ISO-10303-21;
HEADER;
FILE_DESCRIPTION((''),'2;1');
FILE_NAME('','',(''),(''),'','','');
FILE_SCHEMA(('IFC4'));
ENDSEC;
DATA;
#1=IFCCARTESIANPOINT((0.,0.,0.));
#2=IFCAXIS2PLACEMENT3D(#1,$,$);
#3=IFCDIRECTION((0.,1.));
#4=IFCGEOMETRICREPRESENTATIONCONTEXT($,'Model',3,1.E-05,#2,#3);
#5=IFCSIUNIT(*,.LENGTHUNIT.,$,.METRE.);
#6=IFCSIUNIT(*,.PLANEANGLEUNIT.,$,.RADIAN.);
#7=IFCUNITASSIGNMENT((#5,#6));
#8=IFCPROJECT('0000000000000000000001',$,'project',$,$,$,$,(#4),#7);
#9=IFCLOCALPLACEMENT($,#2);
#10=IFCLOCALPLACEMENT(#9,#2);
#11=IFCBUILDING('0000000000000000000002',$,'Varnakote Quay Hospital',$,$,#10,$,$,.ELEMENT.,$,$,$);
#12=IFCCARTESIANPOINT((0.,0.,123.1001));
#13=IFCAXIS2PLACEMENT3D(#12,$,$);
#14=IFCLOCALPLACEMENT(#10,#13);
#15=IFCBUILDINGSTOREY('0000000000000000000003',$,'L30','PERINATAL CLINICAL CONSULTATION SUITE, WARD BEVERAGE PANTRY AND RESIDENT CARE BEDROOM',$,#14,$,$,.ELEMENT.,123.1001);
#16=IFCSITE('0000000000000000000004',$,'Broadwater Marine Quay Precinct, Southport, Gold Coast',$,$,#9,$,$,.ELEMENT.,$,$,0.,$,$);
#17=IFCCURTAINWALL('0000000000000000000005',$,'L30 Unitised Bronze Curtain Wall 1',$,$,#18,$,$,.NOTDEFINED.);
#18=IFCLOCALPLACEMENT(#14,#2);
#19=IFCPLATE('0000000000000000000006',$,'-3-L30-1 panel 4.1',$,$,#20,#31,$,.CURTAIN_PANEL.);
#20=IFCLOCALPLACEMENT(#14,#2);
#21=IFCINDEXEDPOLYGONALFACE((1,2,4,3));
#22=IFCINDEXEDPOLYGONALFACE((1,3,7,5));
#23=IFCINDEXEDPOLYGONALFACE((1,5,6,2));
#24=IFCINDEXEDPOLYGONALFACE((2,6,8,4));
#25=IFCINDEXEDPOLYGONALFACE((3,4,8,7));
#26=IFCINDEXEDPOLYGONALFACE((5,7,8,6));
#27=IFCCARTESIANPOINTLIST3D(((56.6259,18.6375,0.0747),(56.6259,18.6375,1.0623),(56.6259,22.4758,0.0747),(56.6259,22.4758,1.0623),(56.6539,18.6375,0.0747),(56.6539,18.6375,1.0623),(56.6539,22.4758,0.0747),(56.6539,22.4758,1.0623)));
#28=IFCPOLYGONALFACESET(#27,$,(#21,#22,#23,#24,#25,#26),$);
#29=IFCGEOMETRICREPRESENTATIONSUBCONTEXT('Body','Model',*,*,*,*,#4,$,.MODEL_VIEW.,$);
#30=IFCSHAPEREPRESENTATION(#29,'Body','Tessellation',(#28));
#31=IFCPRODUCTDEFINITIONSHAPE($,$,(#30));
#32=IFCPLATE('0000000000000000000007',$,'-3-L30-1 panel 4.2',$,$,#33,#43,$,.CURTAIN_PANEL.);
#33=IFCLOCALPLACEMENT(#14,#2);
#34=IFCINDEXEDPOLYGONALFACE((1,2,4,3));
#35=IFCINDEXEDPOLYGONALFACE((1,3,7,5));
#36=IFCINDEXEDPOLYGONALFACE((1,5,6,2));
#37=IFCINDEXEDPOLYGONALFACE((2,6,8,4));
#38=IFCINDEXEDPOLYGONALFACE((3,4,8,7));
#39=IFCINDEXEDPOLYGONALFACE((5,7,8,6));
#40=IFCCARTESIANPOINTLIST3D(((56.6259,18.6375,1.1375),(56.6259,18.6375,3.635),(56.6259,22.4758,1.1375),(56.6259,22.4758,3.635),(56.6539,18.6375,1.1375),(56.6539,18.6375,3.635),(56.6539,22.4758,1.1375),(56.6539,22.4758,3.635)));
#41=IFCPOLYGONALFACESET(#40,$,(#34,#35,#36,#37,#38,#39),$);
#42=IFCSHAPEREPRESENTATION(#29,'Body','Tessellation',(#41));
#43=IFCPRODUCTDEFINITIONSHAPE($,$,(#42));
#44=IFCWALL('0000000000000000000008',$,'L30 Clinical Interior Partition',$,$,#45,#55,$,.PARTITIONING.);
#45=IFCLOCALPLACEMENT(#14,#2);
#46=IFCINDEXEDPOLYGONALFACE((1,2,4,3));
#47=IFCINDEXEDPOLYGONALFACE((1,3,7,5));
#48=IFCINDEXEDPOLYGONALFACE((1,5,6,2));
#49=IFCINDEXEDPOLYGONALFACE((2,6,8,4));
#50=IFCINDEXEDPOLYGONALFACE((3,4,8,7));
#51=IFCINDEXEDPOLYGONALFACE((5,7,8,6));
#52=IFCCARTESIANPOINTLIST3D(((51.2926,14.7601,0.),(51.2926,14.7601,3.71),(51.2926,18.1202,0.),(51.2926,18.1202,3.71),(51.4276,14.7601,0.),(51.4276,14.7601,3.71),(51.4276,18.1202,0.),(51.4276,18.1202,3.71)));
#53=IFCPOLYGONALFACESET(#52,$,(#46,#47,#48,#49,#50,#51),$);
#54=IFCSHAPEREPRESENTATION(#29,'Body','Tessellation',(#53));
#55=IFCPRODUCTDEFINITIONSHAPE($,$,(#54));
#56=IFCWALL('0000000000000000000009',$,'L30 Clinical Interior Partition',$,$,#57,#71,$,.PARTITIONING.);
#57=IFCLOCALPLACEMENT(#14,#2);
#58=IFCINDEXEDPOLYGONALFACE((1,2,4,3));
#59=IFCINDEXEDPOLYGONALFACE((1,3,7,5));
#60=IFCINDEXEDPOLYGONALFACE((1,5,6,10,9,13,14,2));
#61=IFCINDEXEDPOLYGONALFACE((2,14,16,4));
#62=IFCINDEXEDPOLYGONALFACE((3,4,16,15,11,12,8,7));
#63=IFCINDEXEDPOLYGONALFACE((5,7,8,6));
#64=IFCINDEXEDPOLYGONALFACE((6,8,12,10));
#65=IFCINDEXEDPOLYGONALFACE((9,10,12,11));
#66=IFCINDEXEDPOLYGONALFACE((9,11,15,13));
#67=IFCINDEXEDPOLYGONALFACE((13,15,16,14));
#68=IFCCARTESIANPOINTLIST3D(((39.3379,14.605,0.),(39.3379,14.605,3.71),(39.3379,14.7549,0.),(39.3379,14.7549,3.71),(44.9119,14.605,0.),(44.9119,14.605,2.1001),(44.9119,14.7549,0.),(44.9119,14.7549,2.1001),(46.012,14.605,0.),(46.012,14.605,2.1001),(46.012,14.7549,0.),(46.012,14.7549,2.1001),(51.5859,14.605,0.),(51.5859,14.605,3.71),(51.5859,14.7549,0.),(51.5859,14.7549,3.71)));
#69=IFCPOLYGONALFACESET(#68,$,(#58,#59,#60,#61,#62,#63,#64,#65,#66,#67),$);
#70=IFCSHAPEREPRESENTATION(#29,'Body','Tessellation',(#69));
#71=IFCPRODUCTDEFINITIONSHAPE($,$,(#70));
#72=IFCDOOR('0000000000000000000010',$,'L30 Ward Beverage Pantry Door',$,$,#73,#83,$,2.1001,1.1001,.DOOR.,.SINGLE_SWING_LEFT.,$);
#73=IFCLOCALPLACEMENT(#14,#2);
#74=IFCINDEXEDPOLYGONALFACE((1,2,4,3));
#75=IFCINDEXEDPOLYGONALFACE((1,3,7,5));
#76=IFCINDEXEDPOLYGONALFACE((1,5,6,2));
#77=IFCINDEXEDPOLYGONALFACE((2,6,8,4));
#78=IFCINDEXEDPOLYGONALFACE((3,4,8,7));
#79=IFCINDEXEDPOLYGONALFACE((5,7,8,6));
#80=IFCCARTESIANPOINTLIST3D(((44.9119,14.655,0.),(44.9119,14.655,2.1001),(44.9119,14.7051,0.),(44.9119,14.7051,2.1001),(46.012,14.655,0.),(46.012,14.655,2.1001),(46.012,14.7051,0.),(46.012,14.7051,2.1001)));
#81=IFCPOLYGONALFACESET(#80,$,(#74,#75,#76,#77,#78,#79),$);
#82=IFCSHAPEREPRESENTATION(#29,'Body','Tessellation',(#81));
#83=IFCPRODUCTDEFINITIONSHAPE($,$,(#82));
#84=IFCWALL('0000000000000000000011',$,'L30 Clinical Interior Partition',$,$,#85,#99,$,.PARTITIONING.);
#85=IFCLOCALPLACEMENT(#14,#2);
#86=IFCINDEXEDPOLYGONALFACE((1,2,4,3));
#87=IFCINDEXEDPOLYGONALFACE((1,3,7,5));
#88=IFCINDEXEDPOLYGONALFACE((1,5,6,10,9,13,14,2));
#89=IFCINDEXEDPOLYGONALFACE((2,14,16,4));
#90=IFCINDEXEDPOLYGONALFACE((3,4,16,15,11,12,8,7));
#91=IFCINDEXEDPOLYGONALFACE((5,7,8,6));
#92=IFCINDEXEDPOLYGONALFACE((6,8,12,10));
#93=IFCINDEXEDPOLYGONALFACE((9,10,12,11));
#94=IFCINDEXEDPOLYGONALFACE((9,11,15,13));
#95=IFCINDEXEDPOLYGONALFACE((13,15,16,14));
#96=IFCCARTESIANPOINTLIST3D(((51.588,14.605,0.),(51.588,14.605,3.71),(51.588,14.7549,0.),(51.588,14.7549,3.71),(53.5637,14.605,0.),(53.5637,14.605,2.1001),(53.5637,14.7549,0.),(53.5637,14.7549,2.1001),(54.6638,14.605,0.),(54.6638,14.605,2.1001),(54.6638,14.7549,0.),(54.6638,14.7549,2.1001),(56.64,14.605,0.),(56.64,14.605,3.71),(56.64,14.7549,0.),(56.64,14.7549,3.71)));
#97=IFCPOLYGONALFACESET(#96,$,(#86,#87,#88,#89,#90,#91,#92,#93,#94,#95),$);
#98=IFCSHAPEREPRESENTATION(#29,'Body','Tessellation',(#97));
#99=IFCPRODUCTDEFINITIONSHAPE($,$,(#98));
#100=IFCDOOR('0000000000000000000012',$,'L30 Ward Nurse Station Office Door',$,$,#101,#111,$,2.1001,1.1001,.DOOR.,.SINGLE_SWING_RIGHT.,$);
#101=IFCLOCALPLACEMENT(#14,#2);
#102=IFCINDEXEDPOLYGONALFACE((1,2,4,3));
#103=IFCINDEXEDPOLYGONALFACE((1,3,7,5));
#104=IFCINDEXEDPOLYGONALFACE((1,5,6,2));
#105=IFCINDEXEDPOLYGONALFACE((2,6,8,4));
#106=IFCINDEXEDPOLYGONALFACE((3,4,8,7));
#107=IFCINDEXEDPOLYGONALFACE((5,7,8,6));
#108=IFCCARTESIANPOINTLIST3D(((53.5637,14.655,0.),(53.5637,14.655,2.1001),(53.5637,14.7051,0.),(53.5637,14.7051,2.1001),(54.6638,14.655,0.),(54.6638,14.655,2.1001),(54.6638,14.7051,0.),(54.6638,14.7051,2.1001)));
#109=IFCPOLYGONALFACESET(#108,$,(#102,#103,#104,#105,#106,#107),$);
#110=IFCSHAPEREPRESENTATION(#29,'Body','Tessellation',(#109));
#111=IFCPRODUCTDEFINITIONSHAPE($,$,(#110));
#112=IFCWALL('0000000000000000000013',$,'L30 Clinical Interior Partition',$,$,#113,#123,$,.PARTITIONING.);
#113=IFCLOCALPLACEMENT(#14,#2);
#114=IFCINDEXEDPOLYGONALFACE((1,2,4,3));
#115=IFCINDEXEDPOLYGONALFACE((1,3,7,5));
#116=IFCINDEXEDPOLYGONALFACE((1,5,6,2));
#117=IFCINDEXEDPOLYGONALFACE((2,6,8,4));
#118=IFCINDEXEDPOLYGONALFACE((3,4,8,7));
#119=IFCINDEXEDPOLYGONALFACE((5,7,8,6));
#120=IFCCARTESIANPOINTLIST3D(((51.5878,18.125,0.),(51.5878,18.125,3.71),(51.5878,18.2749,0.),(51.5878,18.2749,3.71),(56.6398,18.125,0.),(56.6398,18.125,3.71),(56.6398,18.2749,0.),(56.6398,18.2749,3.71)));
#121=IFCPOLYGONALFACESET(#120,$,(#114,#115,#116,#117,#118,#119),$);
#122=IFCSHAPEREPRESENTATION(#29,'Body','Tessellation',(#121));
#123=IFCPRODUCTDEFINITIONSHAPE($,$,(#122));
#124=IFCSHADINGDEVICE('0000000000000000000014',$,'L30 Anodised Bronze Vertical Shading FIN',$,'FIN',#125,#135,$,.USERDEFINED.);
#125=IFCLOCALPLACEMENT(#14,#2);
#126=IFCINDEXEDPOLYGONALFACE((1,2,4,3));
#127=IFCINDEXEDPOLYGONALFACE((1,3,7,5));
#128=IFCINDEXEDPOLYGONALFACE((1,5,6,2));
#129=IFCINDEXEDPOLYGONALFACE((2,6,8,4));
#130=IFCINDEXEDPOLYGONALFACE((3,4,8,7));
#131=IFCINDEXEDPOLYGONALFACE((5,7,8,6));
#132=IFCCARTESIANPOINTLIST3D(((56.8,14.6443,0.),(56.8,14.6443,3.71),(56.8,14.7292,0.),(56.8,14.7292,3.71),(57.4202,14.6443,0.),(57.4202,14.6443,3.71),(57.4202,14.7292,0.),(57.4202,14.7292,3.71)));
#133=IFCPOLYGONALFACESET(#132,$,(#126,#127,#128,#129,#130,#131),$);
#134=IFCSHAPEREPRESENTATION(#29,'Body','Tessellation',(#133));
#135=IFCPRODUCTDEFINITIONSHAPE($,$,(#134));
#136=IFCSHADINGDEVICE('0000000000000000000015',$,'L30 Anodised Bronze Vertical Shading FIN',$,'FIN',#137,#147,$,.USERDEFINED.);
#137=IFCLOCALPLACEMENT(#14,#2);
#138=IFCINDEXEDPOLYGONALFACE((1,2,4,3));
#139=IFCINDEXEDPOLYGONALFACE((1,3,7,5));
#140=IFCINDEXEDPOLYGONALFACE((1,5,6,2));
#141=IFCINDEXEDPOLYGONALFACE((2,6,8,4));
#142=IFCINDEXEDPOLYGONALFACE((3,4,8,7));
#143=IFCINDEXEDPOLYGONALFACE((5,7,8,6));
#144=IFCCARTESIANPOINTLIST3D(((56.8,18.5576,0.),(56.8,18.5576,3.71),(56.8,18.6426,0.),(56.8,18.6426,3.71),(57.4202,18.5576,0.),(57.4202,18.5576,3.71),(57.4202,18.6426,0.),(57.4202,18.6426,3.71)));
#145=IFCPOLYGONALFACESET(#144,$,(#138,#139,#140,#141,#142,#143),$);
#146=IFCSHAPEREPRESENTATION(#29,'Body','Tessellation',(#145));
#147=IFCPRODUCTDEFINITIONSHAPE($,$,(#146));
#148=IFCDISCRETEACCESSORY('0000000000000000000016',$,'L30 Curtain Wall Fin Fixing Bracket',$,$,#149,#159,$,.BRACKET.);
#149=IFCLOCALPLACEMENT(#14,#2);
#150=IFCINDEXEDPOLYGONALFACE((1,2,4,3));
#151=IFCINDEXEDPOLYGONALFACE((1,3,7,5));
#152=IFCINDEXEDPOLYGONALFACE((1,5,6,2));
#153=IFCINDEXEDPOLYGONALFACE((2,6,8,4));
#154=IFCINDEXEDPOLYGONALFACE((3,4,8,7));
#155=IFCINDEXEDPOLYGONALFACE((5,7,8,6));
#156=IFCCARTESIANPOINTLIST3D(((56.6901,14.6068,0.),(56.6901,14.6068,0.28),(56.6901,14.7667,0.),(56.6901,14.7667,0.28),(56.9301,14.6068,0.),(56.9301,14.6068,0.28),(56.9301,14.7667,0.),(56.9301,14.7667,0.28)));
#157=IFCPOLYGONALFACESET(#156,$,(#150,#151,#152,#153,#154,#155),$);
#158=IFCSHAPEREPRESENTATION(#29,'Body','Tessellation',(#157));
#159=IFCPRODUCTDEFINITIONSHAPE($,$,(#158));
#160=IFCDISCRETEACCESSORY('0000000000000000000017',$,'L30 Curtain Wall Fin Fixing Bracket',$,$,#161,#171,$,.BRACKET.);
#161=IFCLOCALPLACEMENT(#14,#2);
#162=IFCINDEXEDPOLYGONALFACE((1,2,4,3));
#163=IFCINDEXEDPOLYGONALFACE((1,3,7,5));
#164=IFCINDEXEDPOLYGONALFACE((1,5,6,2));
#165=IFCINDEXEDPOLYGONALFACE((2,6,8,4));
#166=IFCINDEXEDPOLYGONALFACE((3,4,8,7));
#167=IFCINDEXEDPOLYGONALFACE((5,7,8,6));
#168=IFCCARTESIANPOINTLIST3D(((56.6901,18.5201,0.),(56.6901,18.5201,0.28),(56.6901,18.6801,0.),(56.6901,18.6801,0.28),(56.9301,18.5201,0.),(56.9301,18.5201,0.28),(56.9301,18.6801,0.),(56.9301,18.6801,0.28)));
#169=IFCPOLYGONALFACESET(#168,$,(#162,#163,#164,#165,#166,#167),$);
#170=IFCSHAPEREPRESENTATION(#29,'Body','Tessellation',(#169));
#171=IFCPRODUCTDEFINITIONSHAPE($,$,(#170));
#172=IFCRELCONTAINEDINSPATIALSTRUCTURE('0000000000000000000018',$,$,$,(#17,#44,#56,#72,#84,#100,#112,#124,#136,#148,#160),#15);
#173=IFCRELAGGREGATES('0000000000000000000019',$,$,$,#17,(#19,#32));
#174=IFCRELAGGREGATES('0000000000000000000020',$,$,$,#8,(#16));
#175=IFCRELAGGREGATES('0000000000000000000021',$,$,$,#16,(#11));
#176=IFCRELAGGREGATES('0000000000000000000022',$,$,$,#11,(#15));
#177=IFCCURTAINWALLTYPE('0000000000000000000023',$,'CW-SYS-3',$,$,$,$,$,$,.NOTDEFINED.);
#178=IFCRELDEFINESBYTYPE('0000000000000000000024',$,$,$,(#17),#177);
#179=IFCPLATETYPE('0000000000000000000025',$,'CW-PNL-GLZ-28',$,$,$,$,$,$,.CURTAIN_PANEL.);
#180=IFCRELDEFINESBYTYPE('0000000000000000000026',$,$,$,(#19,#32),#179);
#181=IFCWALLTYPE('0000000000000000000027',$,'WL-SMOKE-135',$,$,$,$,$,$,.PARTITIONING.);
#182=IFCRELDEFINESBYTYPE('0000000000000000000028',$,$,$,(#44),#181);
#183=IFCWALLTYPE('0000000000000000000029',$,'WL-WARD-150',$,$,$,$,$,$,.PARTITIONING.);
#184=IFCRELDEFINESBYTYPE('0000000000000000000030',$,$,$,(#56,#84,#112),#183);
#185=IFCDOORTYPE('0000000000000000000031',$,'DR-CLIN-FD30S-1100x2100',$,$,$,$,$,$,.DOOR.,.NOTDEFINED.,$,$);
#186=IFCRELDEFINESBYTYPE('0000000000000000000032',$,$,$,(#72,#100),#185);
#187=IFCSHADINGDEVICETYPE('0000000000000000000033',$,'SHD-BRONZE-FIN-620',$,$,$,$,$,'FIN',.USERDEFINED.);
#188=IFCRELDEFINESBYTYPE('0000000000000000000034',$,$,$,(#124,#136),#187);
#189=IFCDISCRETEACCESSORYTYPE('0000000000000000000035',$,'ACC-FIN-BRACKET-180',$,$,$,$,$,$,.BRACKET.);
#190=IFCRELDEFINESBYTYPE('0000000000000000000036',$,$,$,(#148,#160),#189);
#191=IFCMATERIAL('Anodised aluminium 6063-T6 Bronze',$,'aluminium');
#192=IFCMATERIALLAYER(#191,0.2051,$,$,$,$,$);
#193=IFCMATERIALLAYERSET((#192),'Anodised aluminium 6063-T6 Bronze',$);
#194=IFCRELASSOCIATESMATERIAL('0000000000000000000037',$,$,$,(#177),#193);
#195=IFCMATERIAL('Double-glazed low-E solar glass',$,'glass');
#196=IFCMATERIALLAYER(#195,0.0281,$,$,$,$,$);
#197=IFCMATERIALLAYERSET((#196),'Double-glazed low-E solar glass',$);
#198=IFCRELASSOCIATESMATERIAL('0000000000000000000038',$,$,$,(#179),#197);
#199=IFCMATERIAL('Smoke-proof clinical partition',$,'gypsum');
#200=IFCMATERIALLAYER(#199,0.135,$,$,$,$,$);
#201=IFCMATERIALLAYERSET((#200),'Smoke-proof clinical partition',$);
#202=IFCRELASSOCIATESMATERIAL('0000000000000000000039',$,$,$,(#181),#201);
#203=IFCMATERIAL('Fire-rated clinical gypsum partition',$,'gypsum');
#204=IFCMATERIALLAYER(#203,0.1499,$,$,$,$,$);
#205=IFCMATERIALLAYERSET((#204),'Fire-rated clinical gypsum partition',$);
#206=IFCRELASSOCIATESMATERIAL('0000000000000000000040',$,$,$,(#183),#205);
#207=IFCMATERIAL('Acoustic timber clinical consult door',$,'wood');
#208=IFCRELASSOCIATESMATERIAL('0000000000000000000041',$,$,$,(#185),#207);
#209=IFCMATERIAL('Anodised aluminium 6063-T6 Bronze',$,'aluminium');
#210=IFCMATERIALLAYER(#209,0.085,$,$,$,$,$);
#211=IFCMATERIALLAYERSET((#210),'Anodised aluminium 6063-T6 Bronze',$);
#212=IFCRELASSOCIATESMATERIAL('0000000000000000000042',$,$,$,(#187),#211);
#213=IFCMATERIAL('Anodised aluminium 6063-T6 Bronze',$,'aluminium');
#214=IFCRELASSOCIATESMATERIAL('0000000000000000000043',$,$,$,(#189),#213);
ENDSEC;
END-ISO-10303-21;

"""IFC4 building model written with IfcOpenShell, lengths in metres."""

from ifc_helpers import new_model, si_unit, direction, frame, frame_2d, origin, origin_2d, place, context, subcontext, project, spatial, rectangle, extrude, material, layer, layer_set, type_object, element, fill, aggregate, save


model = new_model("IFC4")

# Units and contexts
model_context = context("Model", 3, precision=1e-05, world=origin(), true_north=direction((0.0, 1.0)))
body_context = subcontext(model_context, "Body", "Model", "MODEL_VIEW")
ifc_project = project(units=[si_unit("LENGTHUNIT", "METRE"), si_unit("PLANEANGLEUNIT", "RADIAN")], contexts=[model_context])

# Site, building, storey
site_placement = place(None, origin())
site = spatial("IfcSite", under=ifc_project, at=site_placement, Name="Broadwater Marine Quay Precinct, Southport, Gold Coast", CompositionType="ELEMENT", RefElevation=0.0)
building_placement = place(site_placement, origin())
building = spatial("IfcBuilding", under=site, at=building_placement, Name="Varnakote Quay Hospital", CompositionType="ELEMENT")
storey_placement = place(building_placement, frame((0.0, 0.0, 123.1001)))
storey = spatial("IfcBuildingStorey", under=building, at=storey_placement, Name="L30", Description="PERINATAL CLINICAL CONSULTATION SUITE, WARD BEVERAGE PANTRY AND RESIDENT CARE BEDROOM", CompositionType="ELEMENT", Elevation=123.1001)

# Curtain wall, plates
ifc_material_1 = material(Name="Anodised aluminium 6063-T6 Bronze", Category="aluminium")
ifc_layer_1 = layer(ifc_material_1, 0.2051)
ifc_layer_set_1 = layer_set([ifc_layer_1], Name="Anodised aluminium 6063-T6 Bronze")
curtain_wall_type = type_object("IfcCurtainWallType", Name="CW-SYS-3", PredefinedType="NOTDEFINED", material=ifc_layer_set_1)
curtain_wall_placement = place(storey_placement, origin())
curtain_wall = element("IfcCurtainWall", 1, at=curtain_wall_placement, inside=storey, type_object=curtain_wall_type, Name="L30 Unitised Bronze Curtain Wall 1", PredefinedType="NOTDEFINED")
ifc_material_2 = material(Name="Double-glazed low-E solar glass", Category="glass")
ifc_layer_2 = layer(ifc_material_2, 0.0281)
ifc_layer_set_2 = layer_set([ifc_layer_2], Name="Double-glazed low-E solar glass")
plate_type = type_object("IfcPlateType", Name="CW-PNL-GLZ-28", PredefinedType="CURTAIN_PANEL", material=ifc_layer_set_2)
plate_1_placement = place(storey_placement, frame((56.6399, 20.5566, 0.0747), z_axis=(0.0, 0.0, 1.0), x_axis=(0.0, 1.0, 0.0)))
plate_1 = element("IfcPlate", 2, at=plate_1_placement, type_object=plate_type, Name="-3-L30-1 panel 4.1", PredefinedType="CURTAIN_PANEL", context=body_context, shape_type="SweptSolid", body=[
    extrude(rectangle(XDim=3.8384, YDim=0.0281, at=origin_2d()), origin(), (0.0, 0.0, 1.0), 0.9875),
])
plate_2_placement = place(storey_placement, frame((56.6399, 20.5566, 1.1375), z_axis=(0.0, 0.0, 1.0), x_axis=(0.0, 1.0, 0.0)))
plate_2 = element("IfcPlate", 3, at=plate_2_placement, type_object=plate_type, Name="-3-L30-1 panel 4.2", PredefinedType="CURTAIN_PANEL", context=body_context, shape_type="SweptSolid", body=[
    extrude(rectangle(XDim=3.8384, YDim=0.0281, at=origin_2d()), origin(), (0.0, 0.0, 1.0), 2.4976),
])
aggregate(curtain_wall, [plate_1, plate_2])

# Wall
ifc_material_3 = material(Name="Smoke-proof clinical partition", Category="gypsum")
ifc_layer_3 = layer(ifc_material_3, 0.135)
ifc_layer_set_3 = layer_set([ifc_layer_3], Name="Smoke-proof clinical partition")
wall_type_1 = type_object("IfcWallType", Name="WL-SMOKE-135", PredefinedType="PARTITIONING", material=ifc_layer_set_3)
wall_1_placement = place(storey_placement, frame((51.3601, 14.76, 0.0), z_axis=(0.0, 0.0, 1.0), x_axis=(0.0, 1.0, 0.0)))
element("IfcWall", 4, at=wall_1_placement, inside=storey, type_object=wall_type_1, Name="L30 Clinical Interior Partition", PredefinedType="PARTITIONING", context=body_context, shape_type="SweptSolid", body=[
    extrude(rectangle(XDim=3.3601, YDim=0.135, at=frame_2d((1.6802, 0.0))), origin(), (0.0, 0.0, 1.0), 3.71),
])

# Walls, openings, doors
ifc_material_4 = material(Name="Fire-rated clinical gypsum partition", Category="gypsum")
ifc_layer_4 = layer(ifc_material_4, 0.1499)
ifc_layer_set_4 = layer_set([ifc_layer_4], Name="Fire-rated clinical gypsum partition")
wall_type_2 = type_object("IfcWallType", Name="WL-WARD-150", PredefinedType="PARTITIONING", material=ifc_layer_set_4)
wall_2_placement = place(storey_placement, frame((51.5859, 14.6799, 0.0), z_axis=(0.0, 0.0, 1.0), x_axis=(-1.0, 0.0, 0.0)))
wall_2 = element("IfcWall", 5, at=wall_2_placement, inside=storey, type_object=wall_type_2, Name="L30 Clinical Interior Partition", PredefinedType="PARTITIONING", context=body_context, shape_type="SweptSolid", body=[
    extrude(rectangle(XDim=12.248, YDim=0.1499, at=frame_2d((6.124, 0.0))), origin(), (0.0, 0.0, 1.0), 3.71),
])
opening_1_placement = place(wall_2_placement, frame((5.574, 0.0, 0.0)))
opening_1 = element("IfcOpeningElement", 6, at=opening_1_placement, cuts=wall_2, PredefinedType="OPENING", context=body_context, shape_type="SweptSolid", body=[
    extrude(rectangle(XDim=1.1001, YDim=2.1001, at=frame_2d((0.55, 1.05))), frame((0.0, 0.085, 0.0), z_axis=(0.0, -1.0, 0.0), x_axis=(1.0, 0.0, 0.0)), (0.0, 0.0, 1.0), 0.1699),
])
ifc_material_5 = material(Name="Acoustic timber clinical consult door", Category="wood")
door_type = type_object("IfcDoorType", Name="DR-CLIN-FD30S-1100x2100", OperationType="NOTDEFINED", PredefinedType="DOOR", material=ifc_material_5)
door_1_placement = place(opening_1_placement, origin())
door_1 = element("IfcDoor", 7, at=door_1_placement, inside=storey, type_object=door_type, Name="L30 Ward Beverage Pantry Door", OperationType="SINGLE_SWING_LEFT", OverallHeight=2.1001, OverallWidth=1.1001, PredefinedType="DOOR", context=body_context, shape_type="SweptSolid", body=[
    extrude(rectangle(XDim=1.1001, YDim=2.1001, at=frame_2d((0.55, 1.05))), frame((0.0, 0.0249, 0.0), z_axis=(0.0, -1.0, 0.0), x_axis=(1.0, 0.0, 0.0)), (0.0, 0.0, 1.0), 0.05),
])
fill(opening_1, door_1)
wall_3_placement = place(storey_placement, frame((56.6399, 14.6799, 0.0), z_axis=(0.0, 0.0, 1.0), x_axis=(-1.0, 0.0, 0.0)))
wall_3 = element("IfcWall", 8, at=wall_3_placement, inside=storey, type_object=wall_type_2, Name="L30 Clinical Interior Partition", PredefinedType="PARTITIONING", context=body_context, shape_type="SweptSolid", body=[
    extrude(rectangle(XDim=5.052, YDim=0.1499, at=frame_2d((2.5259, 0.0))), origin(), (0.0, 0.0, 1.0), 3.71),
])
opening_2_placement = place(wall_3_placement, frame((1.9761, 0.0, 0.0)))
opening_2 = element("IfcOpeningElement", 9, at=opening_2_placement, cuts=wall_3, PredefinedType="OPENING", context=body_context, shape_type="SweptSolid", body=[
    extrude(rectangle(XDim=1.1001, YDim=2.1001, at=frame_2d((0.55, 1.05))), frame((0.0, 0.085, 0.0), z_axis=(0.0, -1.0, 0.0), x_axis=(1.0, 0.0, 0.0)), (0.0, 0.0, 1.0), 0.1699),
])
door_2_placement = place(opening_2_placement, origin())
door_2 = element("IfcDoor", 10, at=door_2_placement, inside=storey, type_object=door_type, Name="L30 Ward Nurse Station Office Door", OperationType="SINGLE_SWING_RIGHT", OverallHeight=2.1001, OverallWidth=1.1001, PredefinedType="DOOR", context=body_context, shape_type="SweptSolid", body=[
    extrude(rectangle(XDim=1.1001, YDim=2.1001, at=frame_2d((0.55, 1.05))), frame((0.0, 0.0249, 0.0), z_axis=(0.0, -1.0, 0.0), x_axis=(1.0, 0.0, 0.0)), (0.0, 0.0, 1.0), 0.05),
])
fill(opening_2, door_2)

# Wall
wall_4_placement = place(storey_placement, frame((51.5879, 18.2, 0.0), z_axis=(0.0, 0.0, 1.0), x_axis=(1.0, 0.0, 0.0)))
element("IfcWall", 11, at=wall_4_placement, inside=storey, type_object=wall_type_2, Name="L30 Clinical Interior Partition", PredefinedType="PARTITIONING", context=body_context, shape_type="SweptSolid", body=[
    extrude(rectangle(XDim=5.052, YDim=0.1499, at=frame_2d((2.5259, 0.0))), origin(), (0.0, 0.0, 1.0), 3.71),
])

# Shading devices
ifc_material_6 = material(Name="Anodised aluminium 6063-T6 Bronze", Category="aluminium")
ifc_layer_5 = layer(ifc_material_6, 0.085)
ifc_layer_set_5 = layer_set([ifc_layer_5], Name="Anodised aluminium 6063-T6 Bronze")
shading_device_type = type_object("IfcShadingDeviceType", Name="SHD-BRONZE-FIN-620", ElementType="FIN", PredefinedType="USERDEFINED", material=ifc_layer_set_5)
for number, where, z_axis, x_axis, name in (
    (12, (57.1101, 14.6868, 0.0), (0.0, 0.0, 1.0), (-1.0, 0.0, 0.0), "L30 Anodised Bronze Vertical Shading FIN"),
    (13, (57.1101, 18.6001, 0.0), (0.0, 0.0, 1.0), (-1.0, 0.0, 0.0), "L30 Anodised Bronze Vertical Shading FIN"),
):
    element("IfcShadingDevice", number, at=place(storey_placement, frame(where, z_axis=z_axis, x_axis=x_axis)), inside=storey, type_object=shading_device_type, Name=name, ObjectType="FIN", PredefinedType="USERDEFINED", context=body_context, shape_type="SweptSolid", body=[
        extrude(rectangle(XDim=0.6201, YDim=0.085, at=origin_2d()), origin(), (0.0, 0.0, 1.0), 3.71),
    ])

# Discrete accessories
ifc_material_7 = material(Name="Anodised aluminium 6063-T6 Bronze", Category="aluminium")
discrete_accessory_type = type_object("IfcDiscreteAccessoryType", Name="ACC-FIN-BRACKET-180", PredefinedType="BRACKET", material=ifc_material_7)
for number, where, z_axis, x_axis, name in (
    (14, (56.8101, 14.6868, 0.0), (0.0, 0.0, 1.0), (0.0, 1.0, 0.0), "L30 Curtain Wall Fin Fixing Bracket"),
    (15, (56.8101, 18.6001, 0.0), (0.0, 0.0, 1.0), (0.0, 1.0, 0.0), "L30 Curtain Wall Fin Fixing Bracket"),
):
    element("IfcDiscreteAccessory", number, at=place(storey_placement, frame(where, z_axis=z_axis, x_axis=x_axis)), inside=storey, type_object=discrete_accessory_type, Name=name, PredefinedType="BRACKET", context=body_context, shape_type="SweptSolid", body=[
        extrude(rectangle(XDim=0.1599, YDim=0.24, at=origin_2d()), origin(), (0.0, 0.0, 1.0), 0.28),
    ])

save(model, "model.ifc")
